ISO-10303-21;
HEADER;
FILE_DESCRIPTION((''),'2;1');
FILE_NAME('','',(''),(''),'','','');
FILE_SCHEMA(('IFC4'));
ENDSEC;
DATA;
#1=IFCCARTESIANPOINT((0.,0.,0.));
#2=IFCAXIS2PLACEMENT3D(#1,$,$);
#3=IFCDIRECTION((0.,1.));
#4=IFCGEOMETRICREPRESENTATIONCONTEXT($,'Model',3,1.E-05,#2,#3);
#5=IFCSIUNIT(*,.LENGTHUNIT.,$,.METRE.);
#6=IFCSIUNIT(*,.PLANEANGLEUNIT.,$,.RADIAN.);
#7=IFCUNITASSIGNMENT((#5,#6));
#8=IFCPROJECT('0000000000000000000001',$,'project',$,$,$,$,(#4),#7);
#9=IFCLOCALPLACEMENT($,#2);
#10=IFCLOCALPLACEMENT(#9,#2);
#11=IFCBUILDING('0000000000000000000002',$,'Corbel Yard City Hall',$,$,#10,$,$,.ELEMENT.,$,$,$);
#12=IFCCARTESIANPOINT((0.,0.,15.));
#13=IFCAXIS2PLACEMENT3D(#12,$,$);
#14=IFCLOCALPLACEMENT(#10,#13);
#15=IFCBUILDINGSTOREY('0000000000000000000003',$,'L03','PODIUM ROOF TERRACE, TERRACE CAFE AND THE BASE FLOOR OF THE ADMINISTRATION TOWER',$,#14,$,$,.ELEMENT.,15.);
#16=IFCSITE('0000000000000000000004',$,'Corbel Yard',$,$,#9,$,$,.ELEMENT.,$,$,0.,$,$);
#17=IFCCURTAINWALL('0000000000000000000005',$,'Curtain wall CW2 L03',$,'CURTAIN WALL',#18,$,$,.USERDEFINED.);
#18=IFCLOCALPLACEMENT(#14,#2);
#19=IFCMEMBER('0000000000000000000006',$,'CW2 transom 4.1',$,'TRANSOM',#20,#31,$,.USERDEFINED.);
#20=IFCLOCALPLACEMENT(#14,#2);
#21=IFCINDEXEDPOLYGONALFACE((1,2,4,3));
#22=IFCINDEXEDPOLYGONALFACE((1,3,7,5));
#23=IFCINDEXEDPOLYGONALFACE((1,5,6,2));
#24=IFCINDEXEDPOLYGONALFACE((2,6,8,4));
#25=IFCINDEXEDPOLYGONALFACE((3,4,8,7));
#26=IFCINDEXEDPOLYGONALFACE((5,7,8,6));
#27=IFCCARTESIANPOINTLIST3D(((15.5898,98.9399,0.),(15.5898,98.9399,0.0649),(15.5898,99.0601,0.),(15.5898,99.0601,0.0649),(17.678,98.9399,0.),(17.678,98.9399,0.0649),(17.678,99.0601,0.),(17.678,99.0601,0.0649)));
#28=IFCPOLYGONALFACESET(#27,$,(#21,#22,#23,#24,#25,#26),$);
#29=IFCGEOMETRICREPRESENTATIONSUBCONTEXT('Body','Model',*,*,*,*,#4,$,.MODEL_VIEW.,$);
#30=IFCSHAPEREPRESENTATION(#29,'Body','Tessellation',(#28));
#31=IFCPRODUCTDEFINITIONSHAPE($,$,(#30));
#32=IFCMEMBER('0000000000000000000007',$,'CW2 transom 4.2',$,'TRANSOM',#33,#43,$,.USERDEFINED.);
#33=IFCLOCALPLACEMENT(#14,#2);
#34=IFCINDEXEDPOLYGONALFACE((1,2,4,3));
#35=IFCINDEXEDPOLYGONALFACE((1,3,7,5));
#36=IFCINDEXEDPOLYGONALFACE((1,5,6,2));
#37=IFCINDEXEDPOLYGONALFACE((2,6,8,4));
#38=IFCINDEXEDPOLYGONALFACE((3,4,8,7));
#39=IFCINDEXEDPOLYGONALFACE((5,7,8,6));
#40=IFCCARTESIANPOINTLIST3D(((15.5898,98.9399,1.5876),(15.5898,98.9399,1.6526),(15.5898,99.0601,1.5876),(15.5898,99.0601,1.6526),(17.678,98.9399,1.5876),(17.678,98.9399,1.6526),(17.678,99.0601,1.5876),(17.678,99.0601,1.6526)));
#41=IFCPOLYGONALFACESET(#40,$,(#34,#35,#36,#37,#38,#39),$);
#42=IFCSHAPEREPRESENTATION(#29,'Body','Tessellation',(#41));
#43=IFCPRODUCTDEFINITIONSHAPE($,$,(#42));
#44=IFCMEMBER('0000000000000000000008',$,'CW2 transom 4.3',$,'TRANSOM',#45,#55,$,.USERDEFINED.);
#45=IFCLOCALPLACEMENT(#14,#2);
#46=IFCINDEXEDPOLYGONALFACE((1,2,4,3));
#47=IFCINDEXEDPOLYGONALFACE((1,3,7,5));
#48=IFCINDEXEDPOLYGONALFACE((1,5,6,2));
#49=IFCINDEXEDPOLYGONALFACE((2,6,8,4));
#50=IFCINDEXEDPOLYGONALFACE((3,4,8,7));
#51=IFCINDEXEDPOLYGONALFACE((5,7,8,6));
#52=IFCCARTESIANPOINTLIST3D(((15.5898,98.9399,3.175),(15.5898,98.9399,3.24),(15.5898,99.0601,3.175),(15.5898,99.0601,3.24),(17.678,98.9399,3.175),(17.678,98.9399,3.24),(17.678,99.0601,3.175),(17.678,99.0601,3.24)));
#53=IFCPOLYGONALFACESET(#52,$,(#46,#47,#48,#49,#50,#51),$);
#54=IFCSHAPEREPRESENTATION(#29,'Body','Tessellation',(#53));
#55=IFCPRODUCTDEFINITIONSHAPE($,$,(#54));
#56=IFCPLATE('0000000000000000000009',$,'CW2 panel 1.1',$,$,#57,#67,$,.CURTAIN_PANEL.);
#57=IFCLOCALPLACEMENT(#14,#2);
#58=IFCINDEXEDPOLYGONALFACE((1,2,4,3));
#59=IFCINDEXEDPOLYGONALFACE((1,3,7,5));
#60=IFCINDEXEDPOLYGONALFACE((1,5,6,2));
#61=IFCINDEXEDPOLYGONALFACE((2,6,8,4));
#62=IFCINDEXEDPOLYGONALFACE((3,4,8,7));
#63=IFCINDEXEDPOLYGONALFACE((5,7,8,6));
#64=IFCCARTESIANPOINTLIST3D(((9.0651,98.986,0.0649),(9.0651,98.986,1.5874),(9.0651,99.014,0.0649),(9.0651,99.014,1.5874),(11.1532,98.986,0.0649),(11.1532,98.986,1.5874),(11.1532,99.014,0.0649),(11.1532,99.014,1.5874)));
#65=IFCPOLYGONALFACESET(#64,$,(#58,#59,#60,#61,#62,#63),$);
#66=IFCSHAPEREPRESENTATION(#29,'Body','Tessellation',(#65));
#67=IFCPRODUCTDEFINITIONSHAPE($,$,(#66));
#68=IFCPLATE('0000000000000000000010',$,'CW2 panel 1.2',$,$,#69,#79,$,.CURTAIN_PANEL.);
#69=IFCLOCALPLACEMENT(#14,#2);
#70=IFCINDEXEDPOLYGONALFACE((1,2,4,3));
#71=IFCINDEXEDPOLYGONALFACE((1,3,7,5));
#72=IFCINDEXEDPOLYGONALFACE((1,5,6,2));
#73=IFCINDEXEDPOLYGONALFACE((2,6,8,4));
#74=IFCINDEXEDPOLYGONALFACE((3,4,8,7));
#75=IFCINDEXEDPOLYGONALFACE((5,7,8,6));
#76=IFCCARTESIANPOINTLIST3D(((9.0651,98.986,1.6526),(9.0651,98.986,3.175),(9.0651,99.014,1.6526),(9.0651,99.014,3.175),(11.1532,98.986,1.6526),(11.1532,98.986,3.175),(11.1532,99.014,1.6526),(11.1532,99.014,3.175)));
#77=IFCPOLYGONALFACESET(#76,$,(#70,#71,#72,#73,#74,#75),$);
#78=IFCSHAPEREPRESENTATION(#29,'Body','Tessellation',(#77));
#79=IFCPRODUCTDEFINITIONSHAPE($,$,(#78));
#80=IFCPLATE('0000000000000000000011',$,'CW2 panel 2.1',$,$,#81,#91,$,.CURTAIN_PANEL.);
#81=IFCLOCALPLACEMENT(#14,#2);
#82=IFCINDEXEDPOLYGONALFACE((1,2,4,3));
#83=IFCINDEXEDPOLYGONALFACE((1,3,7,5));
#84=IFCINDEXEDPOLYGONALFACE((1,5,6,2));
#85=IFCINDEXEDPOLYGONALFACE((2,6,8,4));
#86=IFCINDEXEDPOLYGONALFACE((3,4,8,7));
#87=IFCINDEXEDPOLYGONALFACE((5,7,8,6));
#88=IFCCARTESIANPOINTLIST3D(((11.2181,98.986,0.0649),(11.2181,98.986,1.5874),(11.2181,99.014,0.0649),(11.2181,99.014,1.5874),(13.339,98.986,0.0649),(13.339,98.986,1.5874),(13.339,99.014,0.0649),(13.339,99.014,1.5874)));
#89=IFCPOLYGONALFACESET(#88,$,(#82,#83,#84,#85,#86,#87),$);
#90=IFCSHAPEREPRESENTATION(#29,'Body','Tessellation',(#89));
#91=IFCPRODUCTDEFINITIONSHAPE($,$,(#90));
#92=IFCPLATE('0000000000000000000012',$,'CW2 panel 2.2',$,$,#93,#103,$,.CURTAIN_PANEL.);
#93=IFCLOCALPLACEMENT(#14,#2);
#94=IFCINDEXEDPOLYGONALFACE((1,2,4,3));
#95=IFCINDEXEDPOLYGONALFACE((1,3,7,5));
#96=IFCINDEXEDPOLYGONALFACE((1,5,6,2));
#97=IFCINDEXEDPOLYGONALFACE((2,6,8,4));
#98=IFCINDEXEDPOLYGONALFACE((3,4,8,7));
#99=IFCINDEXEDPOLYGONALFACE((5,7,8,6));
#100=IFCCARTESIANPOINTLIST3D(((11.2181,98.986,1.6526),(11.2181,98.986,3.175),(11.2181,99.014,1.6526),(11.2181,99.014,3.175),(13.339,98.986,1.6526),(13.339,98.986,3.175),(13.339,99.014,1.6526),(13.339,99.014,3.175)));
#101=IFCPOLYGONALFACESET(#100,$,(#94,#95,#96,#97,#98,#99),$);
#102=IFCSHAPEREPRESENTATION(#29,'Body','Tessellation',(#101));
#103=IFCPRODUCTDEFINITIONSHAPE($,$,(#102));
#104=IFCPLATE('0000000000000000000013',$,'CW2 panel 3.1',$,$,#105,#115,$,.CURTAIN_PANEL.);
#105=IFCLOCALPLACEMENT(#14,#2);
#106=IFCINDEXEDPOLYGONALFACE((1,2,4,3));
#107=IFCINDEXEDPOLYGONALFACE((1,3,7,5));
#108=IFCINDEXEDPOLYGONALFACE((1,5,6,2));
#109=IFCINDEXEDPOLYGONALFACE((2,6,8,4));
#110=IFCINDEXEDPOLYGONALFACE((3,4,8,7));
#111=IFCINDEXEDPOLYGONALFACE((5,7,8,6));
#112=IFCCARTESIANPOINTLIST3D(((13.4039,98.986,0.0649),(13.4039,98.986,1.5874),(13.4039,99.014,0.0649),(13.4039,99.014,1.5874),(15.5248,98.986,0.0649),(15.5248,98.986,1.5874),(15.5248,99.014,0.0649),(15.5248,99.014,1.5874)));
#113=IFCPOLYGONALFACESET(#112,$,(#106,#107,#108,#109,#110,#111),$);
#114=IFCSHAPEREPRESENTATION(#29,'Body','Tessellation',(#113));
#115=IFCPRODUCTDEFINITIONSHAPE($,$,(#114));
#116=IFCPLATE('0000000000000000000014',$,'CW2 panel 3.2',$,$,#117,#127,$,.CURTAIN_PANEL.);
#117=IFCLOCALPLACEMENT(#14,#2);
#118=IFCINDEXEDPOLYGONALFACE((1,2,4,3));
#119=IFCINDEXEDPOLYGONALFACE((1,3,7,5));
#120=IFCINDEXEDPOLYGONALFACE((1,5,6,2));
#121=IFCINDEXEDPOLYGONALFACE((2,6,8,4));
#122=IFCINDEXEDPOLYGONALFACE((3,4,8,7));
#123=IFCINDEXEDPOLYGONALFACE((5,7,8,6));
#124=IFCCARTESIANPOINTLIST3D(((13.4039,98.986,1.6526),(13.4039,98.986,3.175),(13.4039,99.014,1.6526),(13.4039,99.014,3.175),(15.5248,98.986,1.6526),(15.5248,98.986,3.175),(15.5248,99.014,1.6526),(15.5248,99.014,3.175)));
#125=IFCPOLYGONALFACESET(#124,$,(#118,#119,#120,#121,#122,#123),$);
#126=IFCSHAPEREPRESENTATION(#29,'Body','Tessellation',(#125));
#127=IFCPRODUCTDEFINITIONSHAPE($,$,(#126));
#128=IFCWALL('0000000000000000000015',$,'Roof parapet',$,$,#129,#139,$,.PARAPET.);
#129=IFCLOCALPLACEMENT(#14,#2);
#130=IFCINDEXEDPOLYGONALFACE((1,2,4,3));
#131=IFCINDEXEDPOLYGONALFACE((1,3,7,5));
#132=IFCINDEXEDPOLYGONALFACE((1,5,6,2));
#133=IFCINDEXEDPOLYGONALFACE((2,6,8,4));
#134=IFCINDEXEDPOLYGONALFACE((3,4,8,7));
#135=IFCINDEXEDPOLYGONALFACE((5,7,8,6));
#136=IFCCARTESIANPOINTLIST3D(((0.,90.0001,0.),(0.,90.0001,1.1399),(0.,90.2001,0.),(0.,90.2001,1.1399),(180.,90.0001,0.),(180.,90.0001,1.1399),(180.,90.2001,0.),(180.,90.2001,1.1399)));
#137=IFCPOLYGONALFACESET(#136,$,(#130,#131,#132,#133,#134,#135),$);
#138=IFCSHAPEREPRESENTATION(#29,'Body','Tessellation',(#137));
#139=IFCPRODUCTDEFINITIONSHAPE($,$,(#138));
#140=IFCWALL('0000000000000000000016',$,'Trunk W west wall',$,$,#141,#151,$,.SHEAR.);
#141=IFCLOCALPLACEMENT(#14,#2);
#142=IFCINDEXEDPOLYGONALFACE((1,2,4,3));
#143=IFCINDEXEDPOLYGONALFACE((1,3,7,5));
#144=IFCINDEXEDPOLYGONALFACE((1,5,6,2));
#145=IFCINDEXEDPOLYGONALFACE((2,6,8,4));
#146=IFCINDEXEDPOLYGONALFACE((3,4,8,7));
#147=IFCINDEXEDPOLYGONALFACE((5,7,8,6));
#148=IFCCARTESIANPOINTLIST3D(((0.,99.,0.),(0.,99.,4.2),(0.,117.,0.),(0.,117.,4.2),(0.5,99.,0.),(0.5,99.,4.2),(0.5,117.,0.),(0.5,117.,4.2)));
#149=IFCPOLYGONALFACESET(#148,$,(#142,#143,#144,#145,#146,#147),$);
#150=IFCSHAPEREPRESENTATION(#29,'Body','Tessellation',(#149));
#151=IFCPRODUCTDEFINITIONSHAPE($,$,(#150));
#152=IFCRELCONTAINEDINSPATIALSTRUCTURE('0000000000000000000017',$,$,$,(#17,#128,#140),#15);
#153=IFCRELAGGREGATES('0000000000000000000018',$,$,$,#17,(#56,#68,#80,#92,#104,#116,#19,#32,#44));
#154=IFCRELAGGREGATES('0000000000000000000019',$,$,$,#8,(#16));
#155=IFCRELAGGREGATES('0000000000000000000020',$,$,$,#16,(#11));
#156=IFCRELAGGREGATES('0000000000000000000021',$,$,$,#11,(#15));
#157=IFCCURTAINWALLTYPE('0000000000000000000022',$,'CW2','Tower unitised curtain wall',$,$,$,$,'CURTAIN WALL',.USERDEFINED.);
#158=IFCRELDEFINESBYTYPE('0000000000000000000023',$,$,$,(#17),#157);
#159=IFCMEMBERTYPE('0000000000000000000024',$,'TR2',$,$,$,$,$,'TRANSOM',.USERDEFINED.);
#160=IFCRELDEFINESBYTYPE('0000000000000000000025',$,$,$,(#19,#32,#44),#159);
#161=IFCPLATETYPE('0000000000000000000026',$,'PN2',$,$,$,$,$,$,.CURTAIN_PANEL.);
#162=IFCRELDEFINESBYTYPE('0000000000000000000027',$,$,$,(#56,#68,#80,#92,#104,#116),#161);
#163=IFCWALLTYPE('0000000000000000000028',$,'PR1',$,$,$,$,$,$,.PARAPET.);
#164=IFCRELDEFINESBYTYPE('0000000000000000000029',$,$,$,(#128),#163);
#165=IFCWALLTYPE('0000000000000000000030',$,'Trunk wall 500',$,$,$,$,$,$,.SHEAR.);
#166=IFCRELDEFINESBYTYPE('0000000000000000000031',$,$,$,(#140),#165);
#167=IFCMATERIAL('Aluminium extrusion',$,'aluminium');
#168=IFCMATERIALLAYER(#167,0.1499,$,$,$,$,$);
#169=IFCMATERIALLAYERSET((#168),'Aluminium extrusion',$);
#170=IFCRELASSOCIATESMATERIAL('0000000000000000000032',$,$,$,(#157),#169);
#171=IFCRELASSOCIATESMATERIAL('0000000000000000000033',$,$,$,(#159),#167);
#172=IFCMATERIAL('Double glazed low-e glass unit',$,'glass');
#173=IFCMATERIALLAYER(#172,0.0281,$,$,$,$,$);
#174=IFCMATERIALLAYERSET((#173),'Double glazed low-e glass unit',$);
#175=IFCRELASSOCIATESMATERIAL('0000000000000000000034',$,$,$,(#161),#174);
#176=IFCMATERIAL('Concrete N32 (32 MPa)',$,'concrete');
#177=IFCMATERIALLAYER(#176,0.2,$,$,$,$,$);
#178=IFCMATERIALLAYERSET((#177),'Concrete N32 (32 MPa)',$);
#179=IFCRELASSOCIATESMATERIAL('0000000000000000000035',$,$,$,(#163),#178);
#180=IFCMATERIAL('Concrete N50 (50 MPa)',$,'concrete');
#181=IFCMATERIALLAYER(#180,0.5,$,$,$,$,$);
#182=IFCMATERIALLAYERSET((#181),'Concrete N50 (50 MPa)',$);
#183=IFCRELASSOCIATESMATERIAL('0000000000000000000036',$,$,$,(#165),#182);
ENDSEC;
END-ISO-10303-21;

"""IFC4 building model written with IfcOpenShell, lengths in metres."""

from ifc_helpers import new_model, si_unit, direction, frame, frame_2d, origin, origin_2d, place, context, subcontext, project, spatial, rectangle, extrude, material, layer, layer_set, material_profile, profile_set, type_object, element, aggregate, save


model = new_model("IFC4")

# Units and contexts
model_context = context("Model", 3, precision=1e-05, world=origin(), true_north=direction((0.0, 1.0)))
body_context = subcontext(model_context, "Body", "Model", "MODEL_VIEW")
ifc_project = project(units=[si_unit("LENGTHUNIT", "METRE"), si_unit("PLANEANGLEUNIT", "RADIAN")], contexts=[model_context])

# Site, building, storey
site_placement = place(None, origin())
site = spatial("IfcSite", under=ifc_project, at=site_placement, Name="Corbel Yard", CompositionType="ELEMENT", RefElevation=0.0)
building_placement = place(site_placement, origin())
building = spatial("IfcBuilding", under=site, at=building_placement, Name="Corbel Yard City Hall", CompositionType="ELEMENT")
storey_placement = place(building_placement, frame((0.0, 0.0, 15.0)))
storey = spatial("IfcBuildingStorey", under=building, at=storey_placement, Name="L03", Description="PODIUM ROOF TERRACE, TERRACE CAFE AND THE BASE FLOOR OF THE ADMINISTRATION TOWER", CompositionType="ELEMENT", Elevation=15.0)

# Curtain wall, members, plates
ifc_material_1 = material(Name="Aluminium extrusion", Category="aluminium")
ifc_layer_1 = layer(ifc_material_1, 0.1499)
ifc_layer_set_1 = layer_set([ifc_layer_1], Name="Aluminium extrusion")
curtain_wall_type = type_object("IfcCurtainWallType", Name="CW2", Description="Tower unitised curtain wall", ElementType="CURTAIN WALL", PredefinedType="USERDEFINED", material=ifc_layer_set_1)
curtain_wall_placement = place(storey_placement, origin())
curtain_wall = element("IfcCurtainWall", 1, at=curtain_wall_placement, inside=storey, type_object=curtain_wall_type, Name="Curtain wall CW2 L03", ObjectType="CURTAIN WALL", PredefinedType="USERDEFINED")
ifc_material_profile_1 = material_profile(ifc_material_1, rectangle(XDim=0.1201, YDim=0.0649, at=origin_2d()), Name="120x65")
ifc_profile_set_1 = profile_set([ifc_material_profile_1], Name="Aluminium extrusion")
member_type_1 = type_object("IfcMemberType", Name="TR2", ElementType="TRANSOM", PredefinedType="USERDEFINED", material=ifc_profile_set_1)
member_1_placement = place(storey_placement, frame((15.5898, 99.0, 0.0325), z_axis=(1.0, 0.0, 0.0), x_axis=(0.0, 1.0, 0.0)))
member_1 = element("IfcMember", 2, at=member_1_placement, type_object=member_type_1, Name="CW2 transom 4.1", ObjectType="TRANSOM", PredefinedType="USERDEFINED", context=body_context, shape_type="SweptSolid", body=[
    extrude(rectangle(XDim=0.1201, YDim=0.0649, at=origin_2d()), origin(), (0.0, 0.0, 1.0), 2.0881),
])
member_2_placement = place(storey_placement, frame((15.5898, 99.0, 1.6201), z_axis=(1.0, 0.0, 0.0), x_axis=(0.0, 1.0, 0.0)))
member_2 = element("IfcMember", 3, at=member_2_placement, type_object=member_type_1, Name="CW2 transom 4.2", ObjectType="TRANSOM", PredefinedType="USERDEFINED", context=body_context, shape_type="SweptSolid", body=[
    extrude(rectangle(XDim=0.1201, YDim=0.0649, at=origin_2d()), origin(), (0.0, 0.0, 1.0), 2.0881),
])
member_3_placement = place(storey_placement, frame((15.5898, 99.0, 3.2075), z_axis=(1.0, 0.0, 0.0), x_axis=(0.0, 1.0, 0.0)))
member_3 = element("IfcMember", 4, at=member_3_placement, type_object=member_type_1, Name="CW2 transom 4.3", ObjectType="TRANSOM", PredefinedType="USERDEFINED", context=body_context, shape_type="SweptSolid", body=[
    extrude(rectangle(XDim=0.1201, YDim=0.0649, at=origin_2d()), origin(), (0.0, 0.0, 1.0), 2.0881),
])
ifc_material_2 = material(Name="Double glazed low-e glass unit", Category="glass")
ifc_layer_2 = layer(ifc_material_2, 0.0281)
ifc_layer_set_2 = layer_set([ifc_layer_2], Name="Double glazed low-e glass unit")
plate_type = type_object("IfcPlateType", Name="PN2", PredefinedType="CURTAIN_PANEL", material=ifc_layer_set_2)
plate_1_placement = place(storey_placement, frame((10.1091, 99.0, 0.0649), z_axis=(0.0, 0.0, 1.0), x_axis=(1.0, 0.0, 0.0)))
plate_1 = element("IfcPlate", 5, at=plate_1_placement, type_object=plate_type, Name="CW2 panel 1.1", PredefinedType="CURTAIN_PANEL", context=body_context, shape_type="SweptSolid", body=[
    extrude(rectangle(XDim=2.0881, YDim=0.0281, at=origin_2d()), origin(), (0.0, 0.0, 1.0), 1.5225),
])
plate_2_placement = place(storey_placement, frame((10.1091, 99.0, 1.6526), z_axis=(0.0, 0.0, 1.0), x_axis=(1.0, 0.0, 0.0)))
plate_2 = element("IfcPlate", 6, at=plate_2_placement, type_object=plate_type, Name="CW2 panel 1.2", PredefinedType="CURTAIN_PANEL", context=body_context, shape_type="SweptSolid", body=[
    extrude(rectangle(XDim=2.0881, YDim=0.0281, at=origin_2d()), origin(), (0.0, 0.0, 1.0), 1.5225),
])
plate_3_placement = place(storey_placement, frame((12.2786, 99.0, 0.0649), z_axis=(0.0, 0.0, 1.0), x_axis=(1.0, 0.0, 0.0)))
plate_3 = element("IfcPlate", 7, at=plate_3_placement, type_object=plate_type, Name="CW2 panel 2.1", PredefinedType="CURTAIN_PANEL", context=body_context, shape_type="SweptSolid", body=[
    extrude(rectangle(XDim=2.1208, YDim=0.0281, at=origin_2d()), origin(), (0.0, 0.0, 1.0), 1.5225),
])
plate_4_placement = place(storey_placement, frame((12.2786, 99.0, 1.6526), z_axis=(0.0, 0.0, 1.0), x_axis=(1.0, 0.0, 0.0)))
plate_4 = element("IfcPlate", 8, at=plate_4_placement, type_object=plate_type, Name="CW2 panel 2.2", PredefinedType="CURTAIN_PANEL", context=body_context, shape_type="SweptSolid", body=[
    extrude(rectangle(XDim=2.1208, YDim=0.0281, at=origin_2d()), origin(), (0.0, 0.0, 1.0), 1.5225),
])
plate_5_placement = place(storey_placement, frame((14.4644, 99.0, 0.0649), z_axis=(0.0, 0.0, 1.0), x_axis=(1.0, 0.0, 0.0)))
plate_5 = element("IfcPlate", 9, at=plate_5_placement, type_object=plate_type, Name="CW2 panel 3.1", PredefinedType="CURTAIN_PANEL", context=body_context, shape_type="SweptSolid", body=[
    extrude(rectangle(XDim=2.1208, YDim=0.0281, at=origin_2d()), origin(), (0.0, 0.0, 1.0), 1.5225),
])
plate_6_placement = place(storey_placement, frame((14.4644, 99.0, 1.6526), z_axis=(0.0, 0.0, 1.0), x_axis=(1.0, 0.0, 0.0)))
plate_6 = element("IfcPlate", 10, at=plate_6_placement, type_object=plate_type, Name="CW2 panel 3.2", PredefinedType="CURTAIN_PANEL", context=body_context, shape_type="SweptSolid", body=[
    extrude(rectangle(XDim=2.1208, YDim=0.0281, at=origin_2d()), origin(), (0.0, 0.0, 1.0), 1.5225),
])
aggregate(curtain_wall, [plate_1, plate_2, plate_3, plate_4, plate_5, plate_6, member_1, member_2, member_3])

# Walls
ifc_material_3 = material(Name="Concrete N32 (32 MPa)", Category="concrete")
ifc_layer_3 = layer(ifc_material_3, 0.2)
ifc_layer_set_3 = layer_set([ifc_layer_3], Name="Concrete N32 (32 MPa)")
wall_type_1 = type_object("IfcWallType", Name="PR1", PredefinedType="PARAPET", material=ifc_layer_set_3)
wall_1_placement = place(storey_placement, frame((0.0, 90.1001, 0.0), z_axis=(0.0, 0.0, 1.0), x_axis=(1.0, 0.0, 0.0)))
element("IfcWall", 11, at=wall_1_placement, inside=storey, type_object=wall_type_1, Name="Roof parapet", PredefinedType="PARAPET", context=body_context, shape_type="SweptSolid", body=[
    extrude(rectangle(XDim=180.0, YDim=0.2, at=frame_2d((90.0, 0.0))), origin(), (0.0, 0.0, 1.0), 1.1399),
])
ifc_material_4 = material(Name="Concrete N50 (50 MPa)", Category="concrete")
ifc_layer_4 = layer(ifc_material_4, 0.5)
ifc_layer_set_4 = layer_set([ifc_layer_4], Name="Concrete N50 (50 MPa)")
wall_type_2 = type_object("IfcWallType", Name="Trunk wall 500", PredefinedType="SHEAR", material=ifc_layer_set_4)
wall_2_placement = place(storey_placement, frame((0.25, 99.0, 0.0), z_axis=(0.0, 0.0, 1.0), x_axis=(0.0, 1.0, 0.0)))
element("IfcWall", 12, at=wall_2_placement, inside=storey, type_object=wall_type_2, Name="Trunk W west wall", PredefinedType="SHEAR", context=body_context, shape_type="SweptSolid", body=[
    extrude(rectangle(XDim=18.0, YDim=0.5, at=frame_2d((9.0, 0.0))), origin(), (0.0, 0.0, 1.0), 4.2),
])

save(model, "model.ifc")
